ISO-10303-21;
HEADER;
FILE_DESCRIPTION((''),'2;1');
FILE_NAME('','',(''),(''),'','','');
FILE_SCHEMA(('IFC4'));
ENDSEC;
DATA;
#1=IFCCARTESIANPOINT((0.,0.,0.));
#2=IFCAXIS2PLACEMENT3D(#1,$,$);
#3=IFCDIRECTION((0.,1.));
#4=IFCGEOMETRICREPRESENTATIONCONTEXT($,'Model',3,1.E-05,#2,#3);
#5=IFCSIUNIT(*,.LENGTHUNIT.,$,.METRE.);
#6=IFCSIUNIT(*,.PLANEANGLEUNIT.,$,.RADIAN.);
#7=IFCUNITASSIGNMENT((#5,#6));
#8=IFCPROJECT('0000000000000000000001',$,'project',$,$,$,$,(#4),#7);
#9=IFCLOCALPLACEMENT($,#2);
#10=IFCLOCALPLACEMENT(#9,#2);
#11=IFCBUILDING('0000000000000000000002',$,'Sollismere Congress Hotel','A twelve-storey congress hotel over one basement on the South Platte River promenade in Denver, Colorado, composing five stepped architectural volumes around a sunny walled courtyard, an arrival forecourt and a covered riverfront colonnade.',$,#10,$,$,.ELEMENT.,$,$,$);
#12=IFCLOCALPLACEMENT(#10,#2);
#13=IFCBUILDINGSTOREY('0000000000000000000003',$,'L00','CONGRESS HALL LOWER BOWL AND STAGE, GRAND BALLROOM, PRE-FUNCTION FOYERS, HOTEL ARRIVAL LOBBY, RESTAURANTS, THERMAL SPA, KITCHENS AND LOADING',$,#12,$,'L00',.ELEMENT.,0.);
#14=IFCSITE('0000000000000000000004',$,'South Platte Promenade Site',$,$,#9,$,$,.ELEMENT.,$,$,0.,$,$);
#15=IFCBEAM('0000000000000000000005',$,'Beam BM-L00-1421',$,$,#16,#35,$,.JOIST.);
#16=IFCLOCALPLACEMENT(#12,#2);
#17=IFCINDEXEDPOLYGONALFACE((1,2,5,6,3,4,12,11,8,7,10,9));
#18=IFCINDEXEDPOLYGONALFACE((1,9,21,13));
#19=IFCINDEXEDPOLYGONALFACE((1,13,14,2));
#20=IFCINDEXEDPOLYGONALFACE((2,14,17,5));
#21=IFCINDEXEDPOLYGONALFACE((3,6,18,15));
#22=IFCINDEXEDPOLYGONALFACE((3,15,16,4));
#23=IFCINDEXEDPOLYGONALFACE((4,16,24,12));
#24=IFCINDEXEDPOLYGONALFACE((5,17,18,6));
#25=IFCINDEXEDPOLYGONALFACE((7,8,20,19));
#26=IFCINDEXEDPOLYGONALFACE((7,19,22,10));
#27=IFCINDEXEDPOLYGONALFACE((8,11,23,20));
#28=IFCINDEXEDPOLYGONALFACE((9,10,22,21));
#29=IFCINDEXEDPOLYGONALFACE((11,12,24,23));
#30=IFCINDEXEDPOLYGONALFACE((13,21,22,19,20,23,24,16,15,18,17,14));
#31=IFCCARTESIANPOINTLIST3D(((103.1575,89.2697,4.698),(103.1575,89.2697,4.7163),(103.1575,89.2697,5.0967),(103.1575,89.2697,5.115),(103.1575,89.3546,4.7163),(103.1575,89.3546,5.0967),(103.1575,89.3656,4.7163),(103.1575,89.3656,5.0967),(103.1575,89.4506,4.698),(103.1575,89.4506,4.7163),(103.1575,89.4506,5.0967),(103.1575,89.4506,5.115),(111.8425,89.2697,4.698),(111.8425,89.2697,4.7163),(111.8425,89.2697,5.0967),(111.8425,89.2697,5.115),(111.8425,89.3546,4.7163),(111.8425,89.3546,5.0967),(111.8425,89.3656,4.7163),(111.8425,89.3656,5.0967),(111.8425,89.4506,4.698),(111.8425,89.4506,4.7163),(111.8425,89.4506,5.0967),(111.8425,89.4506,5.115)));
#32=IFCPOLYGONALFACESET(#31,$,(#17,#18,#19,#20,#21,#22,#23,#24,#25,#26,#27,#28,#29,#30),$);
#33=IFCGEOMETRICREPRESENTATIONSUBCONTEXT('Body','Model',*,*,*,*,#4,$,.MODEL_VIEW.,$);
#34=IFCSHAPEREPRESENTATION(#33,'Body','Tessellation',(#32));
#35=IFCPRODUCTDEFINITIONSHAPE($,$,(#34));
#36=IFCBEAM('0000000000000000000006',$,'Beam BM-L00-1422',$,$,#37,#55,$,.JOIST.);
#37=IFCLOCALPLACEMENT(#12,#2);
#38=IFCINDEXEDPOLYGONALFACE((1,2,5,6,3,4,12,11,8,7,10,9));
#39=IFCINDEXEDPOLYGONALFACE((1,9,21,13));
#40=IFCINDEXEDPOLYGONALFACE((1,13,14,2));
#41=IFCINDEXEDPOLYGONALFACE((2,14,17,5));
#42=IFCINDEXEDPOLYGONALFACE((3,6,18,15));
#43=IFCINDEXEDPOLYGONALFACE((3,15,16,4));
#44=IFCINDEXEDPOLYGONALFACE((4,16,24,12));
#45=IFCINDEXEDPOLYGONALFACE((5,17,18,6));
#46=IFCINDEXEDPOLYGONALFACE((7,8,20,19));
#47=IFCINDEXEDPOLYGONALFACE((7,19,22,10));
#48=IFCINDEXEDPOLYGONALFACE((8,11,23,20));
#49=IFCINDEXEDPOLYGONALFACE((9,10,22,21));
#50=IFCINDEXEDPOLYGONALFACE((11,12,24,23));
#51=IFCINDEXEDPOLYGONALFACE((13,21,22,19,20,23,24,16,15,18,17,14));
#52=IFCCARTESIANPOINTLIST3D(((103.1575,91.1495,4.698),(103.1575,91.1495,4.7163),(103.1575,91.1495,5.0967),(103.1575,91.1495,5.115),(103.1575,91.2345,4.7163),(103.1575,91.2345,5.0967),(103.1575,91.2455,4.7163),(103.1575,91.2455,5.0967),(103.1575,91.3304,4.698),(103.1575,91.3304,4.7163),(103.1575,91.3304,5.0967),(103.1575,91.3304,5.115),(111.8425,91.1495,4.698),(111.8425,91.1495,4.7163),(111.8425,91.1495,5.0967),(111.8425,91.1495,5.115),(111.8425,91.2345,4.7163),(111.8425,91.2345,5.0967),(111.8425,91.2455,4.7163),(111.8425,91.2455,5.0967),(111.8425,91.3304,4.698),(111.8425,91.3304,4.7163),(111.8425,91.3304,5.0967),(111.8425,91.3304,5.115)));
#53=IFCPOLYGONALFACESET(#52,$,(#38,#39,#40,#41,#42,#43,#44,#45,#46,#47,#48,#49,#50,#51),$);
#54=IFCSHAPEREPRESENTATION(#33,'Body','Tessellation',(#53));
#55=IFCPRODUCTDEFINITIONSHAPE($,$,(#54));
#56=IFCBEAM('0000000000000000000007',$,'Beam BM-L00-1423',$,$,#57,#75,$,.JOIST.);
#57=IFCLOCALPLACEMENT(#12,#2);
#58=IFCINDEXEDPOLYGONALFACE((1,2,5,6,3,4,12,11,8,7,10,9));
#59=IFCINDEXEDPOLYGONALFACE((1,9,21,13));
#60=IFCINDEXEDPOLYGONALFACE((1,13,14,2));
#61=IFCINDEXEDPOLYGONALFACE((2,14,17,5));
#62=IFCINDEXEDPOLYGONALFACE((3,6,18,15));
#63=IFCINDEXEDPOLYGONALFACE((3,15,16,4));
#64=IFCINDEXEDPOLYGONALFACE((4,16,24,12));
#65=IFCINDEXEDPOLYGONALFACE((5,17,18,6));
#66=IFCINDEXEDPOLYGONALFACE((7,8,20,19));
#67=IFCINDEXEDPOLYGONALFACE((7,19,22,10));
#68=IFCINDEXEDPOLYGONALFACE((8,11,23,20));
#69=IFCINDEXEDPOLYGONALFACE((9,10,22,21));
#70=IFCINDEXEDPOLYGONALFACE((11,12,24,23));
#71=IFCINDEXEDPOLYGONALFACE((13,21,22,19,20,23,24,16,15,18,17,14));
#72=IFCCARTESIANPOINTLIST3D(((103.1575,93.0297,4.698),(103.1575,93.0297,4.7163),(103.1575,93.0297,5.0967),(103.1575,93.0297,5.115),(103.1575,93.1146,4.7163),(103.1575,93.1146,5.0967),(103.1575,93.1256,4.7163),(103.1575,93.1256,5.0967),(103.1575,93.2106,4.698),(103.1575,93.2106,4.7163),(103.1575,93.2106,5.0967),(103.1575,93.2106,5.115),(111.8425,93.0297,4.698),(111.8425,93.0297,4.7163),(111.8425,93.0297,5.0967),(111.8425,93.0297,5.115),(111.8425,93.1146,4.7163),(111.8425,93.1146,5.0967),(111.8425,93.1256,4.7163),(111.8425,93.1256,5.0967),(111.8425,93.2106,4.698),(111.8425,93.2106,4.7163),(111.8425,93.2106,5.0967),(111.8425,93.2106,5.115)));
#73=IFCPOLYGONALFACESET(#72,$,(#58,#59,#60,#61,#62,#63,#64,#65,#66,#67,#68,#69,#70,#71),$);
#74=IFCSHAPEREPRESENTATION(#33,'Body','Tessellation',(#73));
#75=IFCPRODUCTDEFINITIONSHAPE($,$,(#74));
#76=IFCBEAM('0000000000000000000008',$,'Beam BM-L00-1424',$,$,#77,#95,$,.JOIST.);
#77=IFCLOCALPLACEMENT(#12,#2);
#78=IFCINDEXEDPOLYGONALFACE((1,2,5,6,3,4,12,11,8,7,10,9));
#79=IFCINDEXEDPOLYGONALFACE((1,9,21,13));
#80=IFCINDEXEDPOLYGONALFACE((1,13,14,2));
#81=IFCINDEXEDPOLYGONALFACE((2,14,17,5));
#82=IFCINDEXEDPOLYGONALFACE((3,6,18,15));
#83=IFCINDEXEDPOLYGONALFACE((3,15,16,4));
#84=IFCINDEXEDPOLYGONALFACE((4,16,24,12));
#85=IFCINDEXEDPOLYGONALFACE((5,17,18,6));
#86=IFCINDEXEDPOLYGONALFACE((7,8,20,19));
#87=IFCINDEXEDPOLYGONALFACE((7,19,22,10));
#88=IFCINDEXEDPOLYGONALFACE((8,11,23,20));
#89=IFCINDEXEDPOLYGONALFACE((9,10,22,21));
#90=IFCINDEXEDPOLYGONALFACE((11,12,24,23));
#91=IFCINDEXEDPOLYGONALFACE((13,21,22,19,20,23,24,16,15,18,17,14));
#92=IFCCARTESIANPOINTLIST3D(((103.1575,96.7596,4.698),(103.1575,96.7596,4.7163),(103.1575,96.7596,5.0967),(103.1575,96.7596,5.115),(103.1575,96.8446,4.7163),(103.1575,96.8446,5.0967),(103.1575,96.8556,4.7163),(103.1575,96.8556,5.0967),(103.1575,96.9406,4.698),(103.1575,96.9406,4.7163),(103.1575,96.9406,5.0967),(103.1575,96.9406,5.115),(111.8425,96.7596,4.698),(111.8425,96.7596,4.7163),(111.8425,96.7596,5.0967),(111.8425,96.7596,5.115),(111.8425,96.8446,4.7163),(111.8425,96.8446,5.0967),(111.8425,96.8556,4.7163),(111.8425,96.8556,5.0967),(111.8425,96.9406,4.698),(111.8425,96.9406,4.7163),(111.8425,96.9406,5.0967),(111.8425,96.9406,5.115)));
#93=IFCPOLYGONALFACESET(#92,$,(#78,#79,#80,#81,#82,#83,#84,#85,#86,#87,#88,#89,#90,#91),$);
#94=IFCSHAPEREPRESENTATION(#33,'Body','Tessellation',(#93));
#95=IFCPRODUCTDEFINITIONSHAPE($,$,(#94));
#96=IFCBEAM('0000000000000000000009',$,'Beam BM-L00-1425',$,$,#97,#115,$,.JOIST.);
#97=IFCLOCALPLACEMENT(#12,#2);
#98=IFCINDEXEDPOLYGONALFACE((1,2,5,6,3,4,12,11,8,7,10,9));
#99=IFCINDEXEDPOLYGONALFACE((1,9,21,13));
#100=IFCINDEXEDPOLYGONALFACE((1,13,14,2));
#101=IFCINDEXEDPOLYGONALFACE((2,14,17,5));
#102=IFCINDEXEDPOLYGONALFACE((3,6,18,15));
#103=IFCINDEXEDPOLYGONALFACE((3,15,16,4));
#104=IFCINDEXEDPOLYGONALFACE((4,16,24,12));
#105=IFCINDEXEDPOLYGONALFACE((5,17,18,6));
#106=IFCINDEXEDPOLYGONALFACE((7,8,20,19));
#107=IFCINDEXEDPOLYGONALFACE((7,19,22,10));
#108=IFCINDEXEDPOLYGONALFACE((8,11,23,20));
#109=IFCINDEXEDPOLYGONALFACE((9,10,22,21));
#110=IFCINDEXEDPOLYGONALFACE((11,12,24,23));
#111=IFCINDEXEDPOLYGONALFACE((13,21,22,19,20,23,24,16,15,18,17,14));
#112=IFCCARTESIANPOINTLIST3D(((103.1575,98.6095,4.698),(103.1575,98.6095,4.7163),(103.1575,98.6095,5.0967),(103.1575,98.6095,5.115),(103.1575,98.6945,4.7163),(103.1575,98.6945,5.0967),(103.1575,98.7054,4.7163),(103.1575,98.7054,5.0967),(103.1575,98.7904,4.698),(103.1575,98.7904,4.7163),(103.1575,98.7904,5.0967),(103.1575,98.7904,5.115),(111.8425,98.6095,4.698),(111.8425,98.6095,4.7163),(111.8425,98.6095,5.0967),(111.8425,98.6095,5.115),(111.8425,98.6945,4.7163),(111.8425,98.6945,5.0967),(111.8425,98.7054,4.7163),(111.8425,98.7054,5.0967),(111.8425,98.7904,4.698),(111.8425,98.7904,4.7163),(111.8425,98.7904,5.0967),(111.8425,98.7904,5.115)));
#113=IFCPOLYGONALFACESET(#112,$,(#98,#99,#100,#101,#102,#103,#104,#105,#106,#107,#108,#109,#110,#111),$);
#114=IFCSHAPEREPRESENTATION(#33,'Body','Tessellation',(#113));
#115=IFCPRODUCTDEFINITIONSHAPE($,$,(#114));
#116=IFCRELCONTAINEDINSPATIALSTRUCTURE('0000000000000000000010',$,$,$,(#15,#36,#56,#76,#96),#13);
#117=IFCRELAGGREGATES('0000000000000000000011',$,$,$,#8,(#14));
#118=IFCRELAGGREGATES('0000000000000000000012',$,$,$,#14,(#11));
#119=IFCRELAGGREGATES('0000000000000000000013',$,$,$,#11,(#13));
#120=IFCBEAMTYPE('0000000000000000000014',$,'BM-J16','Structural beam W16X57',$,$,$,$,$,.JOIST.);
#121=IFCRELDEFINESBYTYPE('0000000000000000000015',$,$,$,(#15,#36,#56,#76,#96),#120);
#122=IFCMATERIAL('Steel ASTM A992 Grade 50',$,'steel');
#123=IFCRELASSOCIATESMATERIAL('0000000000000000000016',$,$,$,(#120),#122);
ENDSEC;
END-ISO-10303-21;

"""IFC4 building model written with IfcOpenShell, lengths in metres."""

from ifc_helpers import new_model, si_unit, direction, frame, origin, origin_2d, place, context, subcontext, project, spatial, i_section, extrude, material, material_profile, profile_set, type_object, element, save


model = new_model("IFC4")

# Units and contexts
model_context = context("Model", 3, precision=1e-05, world=origin(), true_north=direction((0.0, 1.0)))
body_context = subcontext(model_context, "Body", "Model", "MODEL_VIEW")
ifc_project = project(units=[si_unit("LENGTHUNIT", "METRE"), si_unit("PLANEANGLEUNIT", "RADIAN")], contexts=[model_context])

# Site, building, storey
site_placement = place(None, origin())
site = spatial("IfcSite", under=ifc_project, at=site_placement, Name="South Platte Promenade Site", CompositionType="ELEMENT", RefElevation=0.0)
building_placement = place(site_placement, origin())
building = spatial("IfcBuilding", under=site, at=building_placement, Name="Sollismere Congress Hotel", Description="A twelve-storey congress hotel over one basement on the South Platte River promenade in Denver, Colorado, composing five stepped architectural volumes around a sunny walled courtyard, an arrival forecourt and a covered riverfront colonnade.", CompositionType="ELEMENT")
storey_placement = place(building_placement, origin())
storey = spatial("IfcBuildingStorey", under=building, at=storey_placement, Name="L00", Description="CONGRESS HALL LOWER BOWL AND STAGE, GRAND BALLROOM, PRE-FUNCTION FOYERS, HOTEL ARRIVAL LOBBY, RESTAURANTS, THERMAL SPA, KITCHENS AND LOADING", LongName="L00", CompositionType="ELEMENT", Elevation=0.0)

# Shared definitions
ifc_material = material(Name="Steel ASTM A992 Grade 50", Category="steel")

# Beams
ifc_material_profile_1 = material_profile(ifc_material, i_section(OverallWidth=0.1809, OverallDepth=0.417, WebThickness=0.011, FlangeThickness=0.0183, at=origin_2d()), Name="W16X57")
ifc_profile_set_1 = profile_set([ifc_material_profile_1], Name="Steel ASTM A992 Grade 50")
beam_type_1 = type_object("IfcBeamType", Name="BM-J16", Description="Structural beam W16X57", PredefinedType="JOIST", material=ifc_profile_set_1)
for number, where, z_axis, x_axis, name in (
    (1, (103.1575, 89.3601, 4.9065), (1.0, 0.0, 0.0), (0.0, 1.0, 0.0), "Beam BM-L00-1421"),
    (2, (103.1575, 91.24, 4.9065), (1.0, 0.0, 0.0), (0.0, 1.0, 0.0), "Beam BM-L00-1422"),
    (3, (103.1575, 93.1201, 4.9065), (1.0, 0.0, 0.0), (0.0, 1.0, 0.0), "Beam BM-L00-1423"),
    (4, (103.1575, 96.8501, 4.9065), (1.0, 0.0, 0.0), (0.0, 1.0, 0.0), "Beam BM-L00-1424"),
    (5, (103.1575, 98.7, 4.9065), (1.0, 0.0, 0.0), (0.0, 1.0, 0.0), "Beam BM-L00-1425"),
):
    element("IfcBeam", number, at=place(storey_placement, frame(where, z_axis=z_axis, x_axis=x_axis)), inside=storey, type_object=beam_type_1, Name=name, PredefinedType="JOIST", context=body_context, shape_type="SweptSolid", body=[
        extrude(i_section(OverallWidth=0.1809, OverallDepth=0.417, WebThickness=0.011, FlangeThickness=0.0183, at=origin_2d()), origin(), (0.0, 0.0, 1.0), 8.6851),
    ])

save(model, "model.ifc")
